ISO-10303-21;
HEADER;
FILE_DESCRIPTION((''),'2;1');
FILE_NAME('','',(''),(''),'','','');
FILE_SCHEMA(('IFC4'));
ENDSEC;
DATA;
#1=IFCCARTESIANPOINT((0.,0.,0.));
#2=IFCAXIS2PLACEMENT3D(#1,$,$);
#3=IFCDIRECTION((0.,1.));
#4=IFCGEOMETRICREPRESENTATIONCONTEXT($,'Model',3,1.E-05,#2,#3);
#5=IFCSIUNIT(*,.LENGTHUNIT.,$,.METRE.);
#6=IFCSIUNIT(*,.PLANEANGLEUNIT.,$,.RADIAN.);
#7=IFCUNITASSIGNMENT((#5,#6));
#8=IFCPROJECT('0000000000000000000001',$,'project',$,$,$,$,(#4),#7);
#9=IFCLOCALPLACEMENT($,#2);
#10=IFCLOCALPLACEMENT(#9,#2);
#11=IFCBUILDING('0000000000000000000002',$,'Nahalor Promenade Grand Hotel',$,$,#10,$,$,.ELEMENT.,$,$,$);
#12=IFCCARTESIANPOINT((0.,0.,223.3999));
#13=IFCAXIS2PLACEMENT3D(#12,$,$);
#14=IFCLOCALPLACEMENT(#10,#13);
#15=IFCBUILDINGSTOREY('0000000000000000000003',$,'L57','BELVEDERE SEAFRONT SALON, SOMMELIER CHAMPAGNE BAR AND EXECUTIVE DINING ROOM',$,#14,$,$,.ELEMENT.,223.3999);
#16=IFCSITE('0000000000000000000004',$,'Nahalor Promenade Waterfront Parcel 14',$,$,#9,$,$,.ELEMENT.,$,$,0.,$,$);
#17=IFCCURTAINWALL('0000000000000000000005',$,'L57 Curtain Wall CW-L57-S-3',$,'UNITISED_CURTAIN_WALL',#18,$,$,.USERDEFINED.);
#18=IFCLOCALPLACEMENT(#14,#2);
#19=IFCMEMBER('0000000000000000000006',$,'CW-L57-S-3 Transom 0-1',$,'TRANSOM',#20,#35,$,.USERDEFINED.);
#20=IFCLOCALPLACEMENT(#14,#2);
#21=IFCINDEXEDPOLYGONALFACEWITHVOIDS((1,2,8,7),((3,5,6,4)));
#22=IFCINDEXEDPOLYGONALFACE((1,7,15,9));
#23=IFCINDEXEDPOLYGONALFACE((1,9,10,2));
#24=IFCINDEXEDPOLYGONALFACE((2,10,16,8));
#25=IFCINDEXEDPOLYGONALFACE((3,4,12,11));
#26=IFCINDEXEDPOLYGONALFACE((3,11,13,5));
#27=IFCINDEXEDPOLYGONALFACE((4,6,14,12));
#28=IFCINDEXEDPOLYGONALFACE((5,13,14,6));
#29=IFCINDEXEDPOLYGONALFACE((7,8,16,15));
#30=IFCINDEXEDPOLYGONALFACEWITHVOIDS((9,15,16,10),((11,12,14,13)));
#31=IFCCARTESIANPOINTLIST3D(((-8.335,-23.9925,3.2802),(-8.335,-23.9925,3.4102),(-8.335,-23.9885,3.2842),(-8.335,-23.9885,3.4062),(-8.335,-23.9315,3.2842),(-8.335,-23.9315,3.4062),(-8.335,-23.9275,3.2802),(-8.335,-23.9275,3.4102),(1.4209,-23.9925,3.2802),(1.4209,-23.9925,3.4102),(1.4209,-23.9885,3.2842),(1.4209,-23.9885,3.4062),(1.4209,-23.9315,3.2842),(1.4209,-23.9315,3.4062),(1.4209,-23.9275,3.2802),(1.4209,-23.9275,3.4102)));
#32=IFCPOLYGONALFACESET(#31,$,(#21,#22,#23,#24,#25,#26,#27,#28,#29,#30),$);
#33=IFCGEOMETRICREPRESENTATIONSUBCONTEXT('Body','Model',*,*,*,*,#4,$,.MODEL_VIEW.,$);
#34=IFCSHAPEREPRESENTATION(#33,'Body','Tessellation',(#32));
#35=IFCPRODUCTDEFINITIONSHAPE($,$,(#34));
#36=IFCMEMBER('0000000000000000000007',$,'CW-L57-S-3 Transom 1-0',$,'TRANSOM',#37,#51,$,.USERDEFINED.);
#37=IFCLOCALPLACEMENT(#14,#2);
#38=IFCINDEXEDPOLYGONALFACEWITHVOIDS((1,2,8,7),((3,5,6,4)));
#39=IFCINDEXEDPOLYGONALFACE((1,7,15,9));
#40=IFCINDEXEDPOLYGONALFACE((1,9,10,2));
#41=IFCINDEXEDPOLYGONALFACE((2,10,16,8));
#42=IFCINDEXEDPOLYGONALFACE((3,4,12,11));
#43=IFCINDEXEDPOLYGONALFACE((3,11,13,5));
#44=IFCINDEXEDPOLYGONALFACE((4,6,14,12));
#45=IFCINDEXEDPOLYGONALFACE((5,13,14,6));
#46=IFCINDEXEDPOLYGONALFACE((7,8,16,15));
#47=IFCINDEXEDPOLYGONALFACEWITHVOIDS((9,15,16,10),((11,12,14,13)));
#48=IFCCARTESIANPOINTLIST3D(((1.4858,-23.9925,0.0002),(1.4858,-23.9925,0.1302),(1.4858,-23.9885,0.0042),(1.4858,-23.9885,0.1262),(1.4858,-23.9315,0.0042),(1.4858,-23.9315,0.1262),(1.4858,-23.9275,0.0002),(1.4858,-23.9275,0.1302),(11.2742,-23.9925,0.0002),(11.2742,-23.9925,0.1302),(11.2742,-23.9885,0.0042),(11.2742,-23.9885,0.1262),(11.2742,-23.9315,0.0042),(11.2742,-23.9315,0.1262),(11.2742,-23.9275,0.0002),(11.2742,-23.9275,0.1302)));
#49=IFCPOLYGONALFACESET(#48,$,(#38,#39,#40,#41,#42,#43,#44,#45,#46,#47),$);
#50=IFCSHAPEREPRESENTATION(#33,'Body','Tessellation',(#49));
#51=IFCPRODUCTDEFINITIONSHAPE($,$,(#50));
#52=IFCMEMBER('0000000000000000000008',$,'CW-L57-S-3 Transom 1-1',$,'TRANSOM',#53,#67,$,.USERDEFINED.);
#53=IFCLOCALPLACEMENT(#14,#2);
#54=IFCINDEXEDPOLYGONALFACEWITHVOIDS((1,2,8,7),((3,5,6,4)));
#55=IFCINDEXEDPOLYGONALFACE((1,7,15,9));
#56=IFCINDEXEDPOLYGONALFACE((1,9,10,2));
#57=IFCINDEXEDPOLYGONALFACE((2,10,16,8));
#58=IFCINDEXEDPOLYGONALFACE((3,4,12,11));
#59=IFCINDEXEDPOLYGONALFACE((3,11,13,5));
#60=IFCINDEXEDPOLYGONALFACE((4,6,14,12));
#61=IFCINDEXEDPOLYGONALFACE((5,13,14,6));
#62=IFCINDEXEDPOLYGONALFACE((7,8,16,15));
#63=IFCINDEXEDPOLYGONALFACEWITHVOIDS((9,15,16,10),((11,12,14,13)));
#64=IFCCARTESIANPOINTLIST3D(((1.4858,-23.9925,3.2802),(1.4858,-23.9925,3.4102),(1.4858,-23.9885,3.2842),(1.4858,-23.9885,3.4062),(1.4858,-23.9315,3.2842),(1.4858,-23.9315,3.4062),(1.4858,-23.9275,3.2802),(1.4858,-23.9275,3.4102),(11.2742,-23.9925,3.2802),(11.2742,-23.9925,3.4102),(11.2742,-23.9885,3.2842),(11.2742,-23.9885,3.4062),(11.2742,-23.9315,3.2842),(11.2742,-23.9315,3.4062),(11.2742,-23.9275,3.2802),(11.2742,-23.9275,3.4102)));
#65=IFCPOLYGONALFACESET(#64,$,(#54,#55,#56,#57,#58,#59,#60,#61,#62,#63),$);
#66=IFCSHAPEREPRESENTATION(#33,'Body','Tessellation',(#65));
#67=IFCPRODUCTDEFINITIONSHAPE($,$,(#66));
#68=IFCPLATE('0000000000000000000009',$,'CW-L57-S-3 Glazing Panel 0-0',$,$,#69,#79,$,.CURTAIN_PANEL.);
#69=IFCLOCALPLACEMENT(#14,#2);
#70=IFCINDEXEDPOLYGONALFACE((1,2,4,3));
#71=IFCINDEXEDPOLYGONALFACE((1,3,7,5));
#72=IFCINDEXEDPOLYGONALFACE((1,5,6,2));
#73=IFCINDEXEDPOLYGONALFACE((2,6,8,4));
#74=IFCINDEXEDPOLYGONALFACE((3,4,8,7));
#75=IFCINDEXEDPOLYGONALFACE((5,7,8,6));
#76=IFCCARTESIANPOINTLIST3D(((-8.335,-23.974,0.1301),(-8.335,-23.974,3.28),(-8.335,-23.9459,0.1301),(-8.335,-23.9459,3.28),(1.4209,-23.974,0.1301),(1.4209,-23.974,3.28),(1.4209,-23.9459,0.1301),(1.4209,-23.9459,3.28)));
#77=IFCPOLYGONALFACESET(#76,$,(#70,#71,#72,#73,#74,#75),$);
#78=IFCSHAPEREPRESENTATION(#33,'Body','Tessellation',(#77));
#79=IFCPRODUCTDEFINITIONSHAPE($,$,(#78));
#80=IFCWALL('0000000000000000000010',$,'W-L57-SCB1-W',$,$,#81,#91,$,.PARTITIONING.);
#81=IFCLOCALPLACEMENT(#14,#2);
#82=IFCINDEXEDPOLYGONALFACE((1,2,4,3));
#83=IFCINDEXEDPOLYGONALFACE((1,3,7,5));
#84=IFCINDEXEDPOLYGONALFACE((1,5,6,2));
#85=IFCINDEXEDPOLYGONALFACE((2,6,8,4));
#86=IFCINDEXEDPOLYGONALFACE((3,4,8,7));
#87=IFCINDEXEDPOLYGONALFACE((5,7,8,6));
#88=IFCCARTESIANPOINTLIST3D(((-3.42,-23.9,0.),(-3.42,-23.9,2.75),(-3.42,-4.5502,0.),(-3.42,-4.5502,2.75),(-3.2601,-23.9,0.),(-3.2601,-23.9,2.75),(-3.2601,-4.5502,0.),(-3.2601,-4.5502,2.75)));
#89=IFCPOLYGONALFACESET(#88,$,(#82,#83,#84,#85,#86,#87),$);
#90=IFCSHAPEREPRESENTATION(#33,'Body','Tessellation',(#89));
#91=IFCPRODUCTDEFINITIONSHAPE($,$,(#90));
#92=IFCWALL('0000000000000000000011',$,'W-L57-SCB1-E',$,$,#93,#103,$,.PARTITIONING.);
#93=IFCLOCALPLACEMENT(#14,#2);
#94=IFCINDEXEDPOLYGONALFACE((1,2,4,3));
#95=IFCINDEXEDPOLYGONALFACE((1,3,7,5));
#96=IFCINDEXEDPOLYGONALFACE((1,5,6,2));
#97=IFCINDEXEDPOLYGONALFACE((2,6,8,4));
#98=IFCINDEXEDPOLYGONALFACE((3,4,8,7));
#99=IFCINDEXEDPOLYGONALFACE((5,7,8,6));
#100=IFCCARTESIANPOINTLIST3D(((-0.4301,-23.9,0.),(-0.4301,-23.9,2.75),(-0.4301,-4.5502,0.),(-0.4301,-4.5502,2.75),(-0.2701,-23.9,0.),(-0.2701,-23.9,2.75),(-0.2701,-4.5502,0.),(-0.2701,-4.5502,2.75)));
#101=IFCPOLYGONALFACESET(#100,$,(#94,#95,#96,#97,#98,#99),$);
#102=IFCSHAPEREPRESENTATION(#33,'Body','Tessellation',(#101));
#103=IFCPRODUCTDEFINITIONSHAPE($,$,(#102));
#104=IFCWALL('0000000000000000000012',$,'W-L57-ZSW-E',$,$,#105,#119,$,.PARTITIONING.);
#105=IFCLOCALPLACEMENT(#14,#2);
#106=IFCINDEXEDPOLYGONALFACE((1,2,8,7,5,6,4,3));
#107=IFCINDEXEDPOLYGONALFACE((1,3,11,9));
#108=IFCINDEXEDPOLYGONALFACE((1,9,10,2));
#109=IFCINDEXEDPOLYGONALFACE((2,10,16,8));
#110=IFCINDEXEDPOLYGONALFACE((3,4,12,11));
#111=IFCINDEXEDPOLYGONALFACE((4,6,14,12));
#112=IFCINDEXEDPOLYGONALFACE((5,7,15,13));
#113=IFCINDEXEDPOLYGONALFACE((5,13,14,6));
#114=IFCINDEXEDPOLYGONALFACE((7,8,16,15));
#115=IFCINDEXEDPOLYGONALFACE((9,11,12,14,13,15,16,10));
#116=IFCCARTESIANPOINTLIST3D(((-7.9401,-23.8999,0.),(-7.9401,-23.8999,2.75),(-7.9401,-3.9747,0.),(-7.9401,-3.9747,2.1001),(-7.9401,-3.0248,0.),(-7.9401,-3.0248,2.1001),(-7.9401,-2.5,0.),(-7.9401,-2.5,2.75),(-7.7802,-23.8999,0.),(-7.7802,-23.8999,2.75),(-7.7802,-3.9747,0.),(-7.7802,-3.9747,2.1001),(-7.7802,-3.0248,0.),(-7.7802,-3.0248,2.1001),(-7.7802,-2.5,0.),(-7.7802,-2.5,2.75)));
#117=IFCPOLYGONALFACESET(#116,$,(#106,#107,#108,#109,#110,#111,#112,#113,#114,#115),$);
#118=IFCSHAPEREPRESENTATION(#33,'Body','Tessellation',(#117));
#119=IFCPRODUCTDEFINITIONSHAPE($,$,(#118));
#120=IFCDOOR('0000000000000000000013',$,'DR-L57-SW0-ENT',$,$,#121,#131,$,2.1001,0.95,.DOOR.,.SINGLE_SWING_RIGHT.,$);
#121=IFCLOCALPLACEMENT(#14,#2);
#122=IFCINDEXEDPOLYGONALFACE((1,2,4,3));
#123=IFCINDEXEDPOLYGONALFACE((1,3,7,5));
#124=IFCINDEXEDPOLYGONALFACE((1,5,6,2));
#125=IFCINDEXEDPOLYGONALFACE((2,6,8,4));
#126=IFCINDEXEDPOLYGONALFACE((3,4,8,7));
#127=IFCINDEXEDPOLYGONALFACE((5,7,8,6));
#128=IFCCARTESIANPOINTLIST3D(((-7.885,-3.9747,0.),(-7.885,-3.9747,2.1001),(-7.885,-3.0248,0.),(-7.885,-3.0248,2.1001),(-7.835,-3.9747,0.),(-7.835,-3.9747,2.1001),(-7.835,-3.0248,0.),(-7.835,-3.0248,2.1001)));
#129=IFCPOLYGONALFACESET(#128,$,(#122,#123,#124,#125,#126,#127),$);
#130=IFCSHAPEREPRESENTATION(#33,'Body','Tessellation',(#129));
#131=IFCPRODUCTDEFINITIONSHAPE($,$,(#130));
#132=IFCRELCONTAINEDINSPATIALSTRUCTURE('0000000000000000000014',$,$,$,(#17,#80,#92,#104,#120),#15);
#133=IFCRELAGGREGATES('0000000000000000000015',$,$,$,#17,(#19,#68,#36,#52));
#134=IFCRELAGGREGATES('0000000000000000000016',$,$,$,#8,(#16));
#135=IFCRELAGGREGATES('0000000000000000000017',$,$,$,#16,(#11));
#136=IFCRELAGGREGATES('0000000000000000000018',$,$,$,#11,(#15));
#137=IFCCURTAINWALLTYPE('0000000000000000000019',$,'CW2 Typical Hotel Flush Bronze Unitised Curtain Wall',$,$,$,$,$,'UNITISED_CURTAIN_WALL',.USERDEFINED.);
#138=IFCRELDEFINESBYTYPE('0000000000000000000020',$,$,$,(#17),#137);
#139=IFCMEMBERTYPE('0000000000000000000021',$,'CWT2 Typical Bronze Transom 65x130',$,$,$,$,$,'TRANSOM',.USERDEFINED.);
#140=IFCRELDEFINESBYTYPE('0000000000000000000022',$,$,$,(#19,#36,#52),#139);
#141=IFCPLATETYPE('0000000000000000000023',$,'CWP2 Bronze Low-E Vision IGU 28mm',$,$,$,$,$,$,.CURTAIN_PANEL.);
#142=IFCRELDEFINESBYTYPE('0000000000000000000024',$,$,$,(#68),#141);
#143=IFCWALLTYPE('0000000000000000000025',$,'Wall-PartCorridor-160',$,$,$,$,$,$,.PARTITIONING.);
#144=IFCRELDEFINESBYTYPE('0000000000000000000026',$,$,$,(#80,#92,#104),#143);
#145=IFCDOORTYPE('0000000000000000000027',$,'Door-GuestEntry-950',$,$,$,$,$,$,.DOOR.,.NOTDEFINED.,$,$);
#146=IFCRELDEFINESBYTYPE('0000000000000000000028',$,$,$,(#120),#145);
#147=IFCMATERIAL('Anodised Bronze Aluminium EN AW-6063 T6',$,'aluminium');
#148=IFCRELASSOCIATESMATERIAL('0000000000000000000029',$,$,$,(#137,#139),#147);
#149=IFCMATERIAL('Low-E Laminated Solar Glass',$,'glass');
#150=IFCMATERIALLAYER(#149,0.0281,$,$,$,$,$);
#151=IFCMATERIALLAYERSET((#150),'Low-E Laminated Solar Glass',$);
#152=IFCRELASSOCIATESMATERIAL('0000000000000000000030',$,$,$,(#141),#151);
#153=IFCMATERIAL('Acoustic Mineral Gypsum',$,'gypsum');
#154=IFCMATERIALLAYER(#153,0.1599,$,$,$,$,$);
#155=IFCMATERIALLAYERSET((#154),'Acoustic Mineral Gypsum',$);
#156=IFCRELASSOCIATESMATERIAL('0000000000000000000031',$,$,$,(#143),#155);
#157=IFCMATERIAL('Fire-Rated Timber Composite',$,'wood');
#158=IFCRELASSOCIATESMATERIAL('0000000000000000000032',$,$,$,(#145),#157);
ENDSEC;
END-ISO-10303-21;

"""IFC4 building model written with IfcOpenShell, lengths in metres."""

from ifc_helpers import new_model, si_unit, direction, frame, frame_2d, origin, origin_2d, place, context, subcontext, project, spatial, rectangle, hollow_rectangle, extrude, source, transform, mapped, material, layer, layer_set, material_profile, profile_set, type_object, element, fill, aggregate, save


model = new_model("IFC4")

# Units and contexts
model_context = context("Model", 3, precision=1e-05, world=origin(), true_north=direction((0.0, 1.0)))
body_context = subcontext(model_context, "Body", "Model", "MODEL_VIEW")
ifc_project = project(units=[si_unit("LENGTHUNIT", "METRE"), si_unit("PLANEANGLEUNIT", "RADIAN")], contexts=[model_context])

# Site, building, storey
site_placement = place(None, origin())
site = spatial("IfcSite", under=ifc_project, at=site_placement, Name="Nahalor Promenade Waterfront Parcel 14", CompositionType="ELEMENT", RefElevation=0.0)
building_placement = place(site_placement, origin())
building = spatial("IfcBuilding", under=site, at=building_placement, Name="Nahalor Promenade Grand Hotel", CompositionType="ELEMENT")
storey_placement = place(building_placement, frame((0.0, 0.0, 223.3999)))
storey = spatial("IfcBuildingStorey", under=building, at=storey_placement, Name="L57", Description="BELVEDERE SEAFRONT SALON, SOMMELIER CHAMPAGNE BAR AND EXECUTIVE DINING ROOM", CompositionType="ELEMENT", Elevation=223.3999)

# Curtain wall, members, plate
ifc_material_1 = material(Name="Anodised Bronze Aluminium EN AW-6063 T6", Category="aluminium")
curtain_wall_type = type_object("IfcCurtainWallType", Name="CW2 Typical Hotel Flush Bronze Unitised Curtain Wall", ElementType="UNITISED_CURTAIN_WALL", PredefinedType="USERDEFINED", material=ifc_material_1)
curtain_wall_placement = place(storey_placement, origin())
curtain_wall = element("IfcCurtainWall", 1, at=curtain_wall_placement, inside=storey, type_object=curtain_wall_type, Name="L57 Curtain Wall CW-L57-S-3", ObjectType="UNITISED_CURTAIN_WALL", PredefinedType="USERDEFINED")
ifc_material_profile_1 = material_profile(ifc_material_1, hollow_rectangle(XDim=0.065, YDim=0.13, WallThickness=0.004, at=origin_2d()), Name="CWT 65x130x4")
ifc_profile_set_1 = profile_set([ifc_material_profile_1], Name="Anodised Bronze Aluminium EN AW-6063 T6")
member_type_1 = type_object("IfcMemberType", Name="CWT2 Typical Bronze Transom 65x130", ElementType="TRANSOM", PredefinedType="USERDEFINED", material=ifc_profile_set_1)
shared_shape_1 = source(origin(), body_context, "Body", "SweptSolid", [
    extrude(hollow_rectangle(XDim=0.065, YDim=0.13, WallThickness=0.004, at=origin_2d()), origin(), (0.0, 0.0, 1.0), 9.7559),
])
member_1_placement = place(storey_placement, frame((-8.335, -23.96, 3.3452), z_axis=(1.0, 0.0, 0.0), x_axis=(0.0, 1.0, 0.0)))
member_1 = element("IfcMember", 2, at=member_1_placement, type_object=member_type_1, Name="CW-L57-S-3 Transom 0-1", ObjectType="TRANSOM", PredefinedType="USERDEFINED", context=body_context, shape_type="MappedRepresentation", body=[
    mapped(shared_shape_1, transform((0.0, 0.0, 0.0), scale=1.0)),
])
shared_shape_2 = source(origin(), body_context, "Body", "SweptSolid", [
    extrude(hollow_rectangle(XDim=0.065, YDim=0.13, WallThickness=0.004, at=origin_2d()), origin(), (0.0, 0.0, 1.0), 9.7883),
])
member_2_placement = place(storey_placement, frame((1.4858, -23.96, 0.0652), z_axis=(1.0, 0.0, 0.0), x_axis=(0.0, 1.0, 0.0)))
member_2 = element("IfcMember", 3, at=member_2_placement, type_object=member_type_1, Name="CW-L57-S-3 Transom 1-0", ObjectType="TRANSOM", PredefinedType="USERDEFINED", context=body_context, shape_type="MappedRepresentation", body=[
    mapped(shared_shape_2, transform((0.0, 0.0, 0.0), scale=1.0)),
])
member_3_placement = place(storey_placement, frame((1.4858, -23.96, 3.3452), z_axis=(1.0, 0.0, 0.0), x_axis=(0.0, 1.0, 0.0)))
member_3 = element("IfcMember", 4, at=member_3_placement, type_object=member_type_1, Name="CW-L57-S-3 Transom 1-1", ObjectType="TRANSOM", PredefinedType="USERDEFINED", context=body_context, shape_type="MappedRepresentation", body=[
    mapped(shared_shape_2, transform((0.0, 0.0, 0.0), scale=1.0)),
])
ifc_material_2 = material(Name="Low-E Laminated Solar Glass", Category="glass")
ifc_layer_1 = layer(ifc_material_2, 0.0281)
ifc_layer_set_1 = layer_set([ifc_layer_1], Name="Low-E Laminated Solar Glass")
plate_type = type_object("IfcPlateType", Name="CWP2 Bronze Low-E Vision IGU 28mm", PredefinedType="CURTAIN_PANEL", material=ifc_layer_set_1)
shared_shape_3 = source(origin(), body_context, "Body", "SweptSolid", [
    extrude(rectangle(XDim=9.7559, YDim=0.0281, at=origin_2d()), origin(), (0.0, 0.0, 1.0), 3.1499),
])
plate_placement = place(storey_placement, frame((-3.457, -23.96, 0.1301), z_axis=(0.0, 0.0, 1.0), x_axis=(1.0, 0.0, 0.0)))
plate = element("IfcPlate", 5, at=plate_placement, type_object=plate_type, Name="CW-L57-S-3 Glazing Panel 0-0", PredefinedType="CURTAIN_PANEL", context=body_context, shape_type="MappedRepresentation", body=[
    mapped(shared_shape_3, transform((0.0, 0.0, 0.0), scale=1.0)),
])
aggregate(curtain_wall, [member_1, plate, member_2, member_3])

# Walls
ifc_material_3 = material(Name="Acoustic Mineral Gypsum", Category="gypsum")
ifc_layer_2 = layer(ifc_material_3, 0.1599)
ifc_layer_set_2 = layer_set([ifc_layer_2], Name="Acoustic Mineral Gypsum")
wall_type = type_object("IfcWallType", Name="Wall-PartCorridor-160", PredefinedType="PARTITIONING", material=ifc_layer_set_2)
shared_shape_4 = source(origin(), body_context, "Body", "SweptSolid", [
    extrude(rectangle(XDim=19.3499, YDim=0.1599, at=frame_2d((9.6748, 0.0))), origin(), (0.0, 0.0, 1.0), 2.75),
])
for number, where, z_axis, x_axis, name in (
    (6, (-3.3401, -23.8999, 0.0), (0.0, 0.0, 1.0), (0.0, 1.0, 0.0), "W-L57-SCB1-W"),
    (7, (-0.3501, -23.8999, 0.0), (0.0, 0.0, 1.0), (0.0, 1.0, 0.0), "W-L57-SCB1-E"),
):
    element("IfcWall", number, at=place(storey_placement, frame(where, z_axis=z_axis, x_axis=x_axis)), inside=storey, type_object=wall_type, Name=name, PredefinedType="PARTITIONING", context=body_context, shape_type="MappedRepresentation", body=[
        mapped(shared_shape_4, transform((0.0, 0.0, 0.0), scale=1.0)),
    ])

# Wall, opening, door
shared_shape_5 = source(origin(), body_context, "Body", "SweptSolid", [
    extrude(rectangle(XDim=21.3999, YDim=0.1599, at=frame_2d((10.7, 0.0))), origin(), (0.0, 0.0, 1.0), 2.75),
])
wall_placement = place(storey_placement, frame((-7.8601, -23.8999, 0.0), z_axis=(0.0, 0.0, 1.0), x_axis=(0.0, 1.0, 0.0)))
wall = element("IfcWall", 8, at=wall_placement, inside=storey, type_object=wall_type, Name="W-L57-ZSW-E", PredefinedType="PARTITIONING", context=body_context, shape_type="MappedRepresentation", body=[
    mapped(shared_shape_5, transform((0.0, 0.0, 0.0), scale=1.0)),
])
opening_placement = place(wall_placement, frame((19.925, 0.0, 0.0)))
opening = element("IfcOpeningElement", 9, at=opening_placement, cuts=wall, PredefinedType="OPENING", context=body_context, shape_type="SweptSolid", body=[
    extrude(rectangle(XDim=0.95, YDim=2.1001, at=frame_2d((0.4751, 1.05))), frame((0.0, 0.0898, 0.0), z_axis=(0.0, -1.0, 0.0), x_axis=(1.0, 0.0, 0.0)), (0.0, 0.0, 1.0), 0.1799),
])
ifc_material_4 = material(Name="Fire-Rated Timber Composite", Category="wood")
door_type = type_object("IfcDoorType", Name="Door-GuestEntry-950", OperationType="NOTDEFINED", PredefinedType="DOOR", material=ifc_material_4)
shared_shape_6 = source(origin(), body_context, "Body", "SweptSolid", [
    extrude(rectangle(XDim=0.95, YDim=2.1001, at=frame_2d((0.4751, 1.05))), frame((0.0, 0.0249, 0.0), z_axis=(0.0, -1.0, 0.0), x_axis=(1.0, 0.0, 0.0)), (0.0, 0.0, 1.0), 0.05),
])
door_placement = place(opening_placement, origin())
door = element("IfcDoor", 10, at=door_placement, inside=storey, type_object=door_type, Name="DR-L57-SW0-ENT", OperationType="SINGLE_SWING_RIGHT", OverallHeight=2.1001, OverallWidth=0.95, PredefinedType="DOOR", context=body_context, shape_type="MappedRepresentation", body=[
    mapped(shared_shape_6, transform((0.0, 0.0, 0.0), scale=1.0)),
])
fill(opening, door)

save(model, "model.ifc")
